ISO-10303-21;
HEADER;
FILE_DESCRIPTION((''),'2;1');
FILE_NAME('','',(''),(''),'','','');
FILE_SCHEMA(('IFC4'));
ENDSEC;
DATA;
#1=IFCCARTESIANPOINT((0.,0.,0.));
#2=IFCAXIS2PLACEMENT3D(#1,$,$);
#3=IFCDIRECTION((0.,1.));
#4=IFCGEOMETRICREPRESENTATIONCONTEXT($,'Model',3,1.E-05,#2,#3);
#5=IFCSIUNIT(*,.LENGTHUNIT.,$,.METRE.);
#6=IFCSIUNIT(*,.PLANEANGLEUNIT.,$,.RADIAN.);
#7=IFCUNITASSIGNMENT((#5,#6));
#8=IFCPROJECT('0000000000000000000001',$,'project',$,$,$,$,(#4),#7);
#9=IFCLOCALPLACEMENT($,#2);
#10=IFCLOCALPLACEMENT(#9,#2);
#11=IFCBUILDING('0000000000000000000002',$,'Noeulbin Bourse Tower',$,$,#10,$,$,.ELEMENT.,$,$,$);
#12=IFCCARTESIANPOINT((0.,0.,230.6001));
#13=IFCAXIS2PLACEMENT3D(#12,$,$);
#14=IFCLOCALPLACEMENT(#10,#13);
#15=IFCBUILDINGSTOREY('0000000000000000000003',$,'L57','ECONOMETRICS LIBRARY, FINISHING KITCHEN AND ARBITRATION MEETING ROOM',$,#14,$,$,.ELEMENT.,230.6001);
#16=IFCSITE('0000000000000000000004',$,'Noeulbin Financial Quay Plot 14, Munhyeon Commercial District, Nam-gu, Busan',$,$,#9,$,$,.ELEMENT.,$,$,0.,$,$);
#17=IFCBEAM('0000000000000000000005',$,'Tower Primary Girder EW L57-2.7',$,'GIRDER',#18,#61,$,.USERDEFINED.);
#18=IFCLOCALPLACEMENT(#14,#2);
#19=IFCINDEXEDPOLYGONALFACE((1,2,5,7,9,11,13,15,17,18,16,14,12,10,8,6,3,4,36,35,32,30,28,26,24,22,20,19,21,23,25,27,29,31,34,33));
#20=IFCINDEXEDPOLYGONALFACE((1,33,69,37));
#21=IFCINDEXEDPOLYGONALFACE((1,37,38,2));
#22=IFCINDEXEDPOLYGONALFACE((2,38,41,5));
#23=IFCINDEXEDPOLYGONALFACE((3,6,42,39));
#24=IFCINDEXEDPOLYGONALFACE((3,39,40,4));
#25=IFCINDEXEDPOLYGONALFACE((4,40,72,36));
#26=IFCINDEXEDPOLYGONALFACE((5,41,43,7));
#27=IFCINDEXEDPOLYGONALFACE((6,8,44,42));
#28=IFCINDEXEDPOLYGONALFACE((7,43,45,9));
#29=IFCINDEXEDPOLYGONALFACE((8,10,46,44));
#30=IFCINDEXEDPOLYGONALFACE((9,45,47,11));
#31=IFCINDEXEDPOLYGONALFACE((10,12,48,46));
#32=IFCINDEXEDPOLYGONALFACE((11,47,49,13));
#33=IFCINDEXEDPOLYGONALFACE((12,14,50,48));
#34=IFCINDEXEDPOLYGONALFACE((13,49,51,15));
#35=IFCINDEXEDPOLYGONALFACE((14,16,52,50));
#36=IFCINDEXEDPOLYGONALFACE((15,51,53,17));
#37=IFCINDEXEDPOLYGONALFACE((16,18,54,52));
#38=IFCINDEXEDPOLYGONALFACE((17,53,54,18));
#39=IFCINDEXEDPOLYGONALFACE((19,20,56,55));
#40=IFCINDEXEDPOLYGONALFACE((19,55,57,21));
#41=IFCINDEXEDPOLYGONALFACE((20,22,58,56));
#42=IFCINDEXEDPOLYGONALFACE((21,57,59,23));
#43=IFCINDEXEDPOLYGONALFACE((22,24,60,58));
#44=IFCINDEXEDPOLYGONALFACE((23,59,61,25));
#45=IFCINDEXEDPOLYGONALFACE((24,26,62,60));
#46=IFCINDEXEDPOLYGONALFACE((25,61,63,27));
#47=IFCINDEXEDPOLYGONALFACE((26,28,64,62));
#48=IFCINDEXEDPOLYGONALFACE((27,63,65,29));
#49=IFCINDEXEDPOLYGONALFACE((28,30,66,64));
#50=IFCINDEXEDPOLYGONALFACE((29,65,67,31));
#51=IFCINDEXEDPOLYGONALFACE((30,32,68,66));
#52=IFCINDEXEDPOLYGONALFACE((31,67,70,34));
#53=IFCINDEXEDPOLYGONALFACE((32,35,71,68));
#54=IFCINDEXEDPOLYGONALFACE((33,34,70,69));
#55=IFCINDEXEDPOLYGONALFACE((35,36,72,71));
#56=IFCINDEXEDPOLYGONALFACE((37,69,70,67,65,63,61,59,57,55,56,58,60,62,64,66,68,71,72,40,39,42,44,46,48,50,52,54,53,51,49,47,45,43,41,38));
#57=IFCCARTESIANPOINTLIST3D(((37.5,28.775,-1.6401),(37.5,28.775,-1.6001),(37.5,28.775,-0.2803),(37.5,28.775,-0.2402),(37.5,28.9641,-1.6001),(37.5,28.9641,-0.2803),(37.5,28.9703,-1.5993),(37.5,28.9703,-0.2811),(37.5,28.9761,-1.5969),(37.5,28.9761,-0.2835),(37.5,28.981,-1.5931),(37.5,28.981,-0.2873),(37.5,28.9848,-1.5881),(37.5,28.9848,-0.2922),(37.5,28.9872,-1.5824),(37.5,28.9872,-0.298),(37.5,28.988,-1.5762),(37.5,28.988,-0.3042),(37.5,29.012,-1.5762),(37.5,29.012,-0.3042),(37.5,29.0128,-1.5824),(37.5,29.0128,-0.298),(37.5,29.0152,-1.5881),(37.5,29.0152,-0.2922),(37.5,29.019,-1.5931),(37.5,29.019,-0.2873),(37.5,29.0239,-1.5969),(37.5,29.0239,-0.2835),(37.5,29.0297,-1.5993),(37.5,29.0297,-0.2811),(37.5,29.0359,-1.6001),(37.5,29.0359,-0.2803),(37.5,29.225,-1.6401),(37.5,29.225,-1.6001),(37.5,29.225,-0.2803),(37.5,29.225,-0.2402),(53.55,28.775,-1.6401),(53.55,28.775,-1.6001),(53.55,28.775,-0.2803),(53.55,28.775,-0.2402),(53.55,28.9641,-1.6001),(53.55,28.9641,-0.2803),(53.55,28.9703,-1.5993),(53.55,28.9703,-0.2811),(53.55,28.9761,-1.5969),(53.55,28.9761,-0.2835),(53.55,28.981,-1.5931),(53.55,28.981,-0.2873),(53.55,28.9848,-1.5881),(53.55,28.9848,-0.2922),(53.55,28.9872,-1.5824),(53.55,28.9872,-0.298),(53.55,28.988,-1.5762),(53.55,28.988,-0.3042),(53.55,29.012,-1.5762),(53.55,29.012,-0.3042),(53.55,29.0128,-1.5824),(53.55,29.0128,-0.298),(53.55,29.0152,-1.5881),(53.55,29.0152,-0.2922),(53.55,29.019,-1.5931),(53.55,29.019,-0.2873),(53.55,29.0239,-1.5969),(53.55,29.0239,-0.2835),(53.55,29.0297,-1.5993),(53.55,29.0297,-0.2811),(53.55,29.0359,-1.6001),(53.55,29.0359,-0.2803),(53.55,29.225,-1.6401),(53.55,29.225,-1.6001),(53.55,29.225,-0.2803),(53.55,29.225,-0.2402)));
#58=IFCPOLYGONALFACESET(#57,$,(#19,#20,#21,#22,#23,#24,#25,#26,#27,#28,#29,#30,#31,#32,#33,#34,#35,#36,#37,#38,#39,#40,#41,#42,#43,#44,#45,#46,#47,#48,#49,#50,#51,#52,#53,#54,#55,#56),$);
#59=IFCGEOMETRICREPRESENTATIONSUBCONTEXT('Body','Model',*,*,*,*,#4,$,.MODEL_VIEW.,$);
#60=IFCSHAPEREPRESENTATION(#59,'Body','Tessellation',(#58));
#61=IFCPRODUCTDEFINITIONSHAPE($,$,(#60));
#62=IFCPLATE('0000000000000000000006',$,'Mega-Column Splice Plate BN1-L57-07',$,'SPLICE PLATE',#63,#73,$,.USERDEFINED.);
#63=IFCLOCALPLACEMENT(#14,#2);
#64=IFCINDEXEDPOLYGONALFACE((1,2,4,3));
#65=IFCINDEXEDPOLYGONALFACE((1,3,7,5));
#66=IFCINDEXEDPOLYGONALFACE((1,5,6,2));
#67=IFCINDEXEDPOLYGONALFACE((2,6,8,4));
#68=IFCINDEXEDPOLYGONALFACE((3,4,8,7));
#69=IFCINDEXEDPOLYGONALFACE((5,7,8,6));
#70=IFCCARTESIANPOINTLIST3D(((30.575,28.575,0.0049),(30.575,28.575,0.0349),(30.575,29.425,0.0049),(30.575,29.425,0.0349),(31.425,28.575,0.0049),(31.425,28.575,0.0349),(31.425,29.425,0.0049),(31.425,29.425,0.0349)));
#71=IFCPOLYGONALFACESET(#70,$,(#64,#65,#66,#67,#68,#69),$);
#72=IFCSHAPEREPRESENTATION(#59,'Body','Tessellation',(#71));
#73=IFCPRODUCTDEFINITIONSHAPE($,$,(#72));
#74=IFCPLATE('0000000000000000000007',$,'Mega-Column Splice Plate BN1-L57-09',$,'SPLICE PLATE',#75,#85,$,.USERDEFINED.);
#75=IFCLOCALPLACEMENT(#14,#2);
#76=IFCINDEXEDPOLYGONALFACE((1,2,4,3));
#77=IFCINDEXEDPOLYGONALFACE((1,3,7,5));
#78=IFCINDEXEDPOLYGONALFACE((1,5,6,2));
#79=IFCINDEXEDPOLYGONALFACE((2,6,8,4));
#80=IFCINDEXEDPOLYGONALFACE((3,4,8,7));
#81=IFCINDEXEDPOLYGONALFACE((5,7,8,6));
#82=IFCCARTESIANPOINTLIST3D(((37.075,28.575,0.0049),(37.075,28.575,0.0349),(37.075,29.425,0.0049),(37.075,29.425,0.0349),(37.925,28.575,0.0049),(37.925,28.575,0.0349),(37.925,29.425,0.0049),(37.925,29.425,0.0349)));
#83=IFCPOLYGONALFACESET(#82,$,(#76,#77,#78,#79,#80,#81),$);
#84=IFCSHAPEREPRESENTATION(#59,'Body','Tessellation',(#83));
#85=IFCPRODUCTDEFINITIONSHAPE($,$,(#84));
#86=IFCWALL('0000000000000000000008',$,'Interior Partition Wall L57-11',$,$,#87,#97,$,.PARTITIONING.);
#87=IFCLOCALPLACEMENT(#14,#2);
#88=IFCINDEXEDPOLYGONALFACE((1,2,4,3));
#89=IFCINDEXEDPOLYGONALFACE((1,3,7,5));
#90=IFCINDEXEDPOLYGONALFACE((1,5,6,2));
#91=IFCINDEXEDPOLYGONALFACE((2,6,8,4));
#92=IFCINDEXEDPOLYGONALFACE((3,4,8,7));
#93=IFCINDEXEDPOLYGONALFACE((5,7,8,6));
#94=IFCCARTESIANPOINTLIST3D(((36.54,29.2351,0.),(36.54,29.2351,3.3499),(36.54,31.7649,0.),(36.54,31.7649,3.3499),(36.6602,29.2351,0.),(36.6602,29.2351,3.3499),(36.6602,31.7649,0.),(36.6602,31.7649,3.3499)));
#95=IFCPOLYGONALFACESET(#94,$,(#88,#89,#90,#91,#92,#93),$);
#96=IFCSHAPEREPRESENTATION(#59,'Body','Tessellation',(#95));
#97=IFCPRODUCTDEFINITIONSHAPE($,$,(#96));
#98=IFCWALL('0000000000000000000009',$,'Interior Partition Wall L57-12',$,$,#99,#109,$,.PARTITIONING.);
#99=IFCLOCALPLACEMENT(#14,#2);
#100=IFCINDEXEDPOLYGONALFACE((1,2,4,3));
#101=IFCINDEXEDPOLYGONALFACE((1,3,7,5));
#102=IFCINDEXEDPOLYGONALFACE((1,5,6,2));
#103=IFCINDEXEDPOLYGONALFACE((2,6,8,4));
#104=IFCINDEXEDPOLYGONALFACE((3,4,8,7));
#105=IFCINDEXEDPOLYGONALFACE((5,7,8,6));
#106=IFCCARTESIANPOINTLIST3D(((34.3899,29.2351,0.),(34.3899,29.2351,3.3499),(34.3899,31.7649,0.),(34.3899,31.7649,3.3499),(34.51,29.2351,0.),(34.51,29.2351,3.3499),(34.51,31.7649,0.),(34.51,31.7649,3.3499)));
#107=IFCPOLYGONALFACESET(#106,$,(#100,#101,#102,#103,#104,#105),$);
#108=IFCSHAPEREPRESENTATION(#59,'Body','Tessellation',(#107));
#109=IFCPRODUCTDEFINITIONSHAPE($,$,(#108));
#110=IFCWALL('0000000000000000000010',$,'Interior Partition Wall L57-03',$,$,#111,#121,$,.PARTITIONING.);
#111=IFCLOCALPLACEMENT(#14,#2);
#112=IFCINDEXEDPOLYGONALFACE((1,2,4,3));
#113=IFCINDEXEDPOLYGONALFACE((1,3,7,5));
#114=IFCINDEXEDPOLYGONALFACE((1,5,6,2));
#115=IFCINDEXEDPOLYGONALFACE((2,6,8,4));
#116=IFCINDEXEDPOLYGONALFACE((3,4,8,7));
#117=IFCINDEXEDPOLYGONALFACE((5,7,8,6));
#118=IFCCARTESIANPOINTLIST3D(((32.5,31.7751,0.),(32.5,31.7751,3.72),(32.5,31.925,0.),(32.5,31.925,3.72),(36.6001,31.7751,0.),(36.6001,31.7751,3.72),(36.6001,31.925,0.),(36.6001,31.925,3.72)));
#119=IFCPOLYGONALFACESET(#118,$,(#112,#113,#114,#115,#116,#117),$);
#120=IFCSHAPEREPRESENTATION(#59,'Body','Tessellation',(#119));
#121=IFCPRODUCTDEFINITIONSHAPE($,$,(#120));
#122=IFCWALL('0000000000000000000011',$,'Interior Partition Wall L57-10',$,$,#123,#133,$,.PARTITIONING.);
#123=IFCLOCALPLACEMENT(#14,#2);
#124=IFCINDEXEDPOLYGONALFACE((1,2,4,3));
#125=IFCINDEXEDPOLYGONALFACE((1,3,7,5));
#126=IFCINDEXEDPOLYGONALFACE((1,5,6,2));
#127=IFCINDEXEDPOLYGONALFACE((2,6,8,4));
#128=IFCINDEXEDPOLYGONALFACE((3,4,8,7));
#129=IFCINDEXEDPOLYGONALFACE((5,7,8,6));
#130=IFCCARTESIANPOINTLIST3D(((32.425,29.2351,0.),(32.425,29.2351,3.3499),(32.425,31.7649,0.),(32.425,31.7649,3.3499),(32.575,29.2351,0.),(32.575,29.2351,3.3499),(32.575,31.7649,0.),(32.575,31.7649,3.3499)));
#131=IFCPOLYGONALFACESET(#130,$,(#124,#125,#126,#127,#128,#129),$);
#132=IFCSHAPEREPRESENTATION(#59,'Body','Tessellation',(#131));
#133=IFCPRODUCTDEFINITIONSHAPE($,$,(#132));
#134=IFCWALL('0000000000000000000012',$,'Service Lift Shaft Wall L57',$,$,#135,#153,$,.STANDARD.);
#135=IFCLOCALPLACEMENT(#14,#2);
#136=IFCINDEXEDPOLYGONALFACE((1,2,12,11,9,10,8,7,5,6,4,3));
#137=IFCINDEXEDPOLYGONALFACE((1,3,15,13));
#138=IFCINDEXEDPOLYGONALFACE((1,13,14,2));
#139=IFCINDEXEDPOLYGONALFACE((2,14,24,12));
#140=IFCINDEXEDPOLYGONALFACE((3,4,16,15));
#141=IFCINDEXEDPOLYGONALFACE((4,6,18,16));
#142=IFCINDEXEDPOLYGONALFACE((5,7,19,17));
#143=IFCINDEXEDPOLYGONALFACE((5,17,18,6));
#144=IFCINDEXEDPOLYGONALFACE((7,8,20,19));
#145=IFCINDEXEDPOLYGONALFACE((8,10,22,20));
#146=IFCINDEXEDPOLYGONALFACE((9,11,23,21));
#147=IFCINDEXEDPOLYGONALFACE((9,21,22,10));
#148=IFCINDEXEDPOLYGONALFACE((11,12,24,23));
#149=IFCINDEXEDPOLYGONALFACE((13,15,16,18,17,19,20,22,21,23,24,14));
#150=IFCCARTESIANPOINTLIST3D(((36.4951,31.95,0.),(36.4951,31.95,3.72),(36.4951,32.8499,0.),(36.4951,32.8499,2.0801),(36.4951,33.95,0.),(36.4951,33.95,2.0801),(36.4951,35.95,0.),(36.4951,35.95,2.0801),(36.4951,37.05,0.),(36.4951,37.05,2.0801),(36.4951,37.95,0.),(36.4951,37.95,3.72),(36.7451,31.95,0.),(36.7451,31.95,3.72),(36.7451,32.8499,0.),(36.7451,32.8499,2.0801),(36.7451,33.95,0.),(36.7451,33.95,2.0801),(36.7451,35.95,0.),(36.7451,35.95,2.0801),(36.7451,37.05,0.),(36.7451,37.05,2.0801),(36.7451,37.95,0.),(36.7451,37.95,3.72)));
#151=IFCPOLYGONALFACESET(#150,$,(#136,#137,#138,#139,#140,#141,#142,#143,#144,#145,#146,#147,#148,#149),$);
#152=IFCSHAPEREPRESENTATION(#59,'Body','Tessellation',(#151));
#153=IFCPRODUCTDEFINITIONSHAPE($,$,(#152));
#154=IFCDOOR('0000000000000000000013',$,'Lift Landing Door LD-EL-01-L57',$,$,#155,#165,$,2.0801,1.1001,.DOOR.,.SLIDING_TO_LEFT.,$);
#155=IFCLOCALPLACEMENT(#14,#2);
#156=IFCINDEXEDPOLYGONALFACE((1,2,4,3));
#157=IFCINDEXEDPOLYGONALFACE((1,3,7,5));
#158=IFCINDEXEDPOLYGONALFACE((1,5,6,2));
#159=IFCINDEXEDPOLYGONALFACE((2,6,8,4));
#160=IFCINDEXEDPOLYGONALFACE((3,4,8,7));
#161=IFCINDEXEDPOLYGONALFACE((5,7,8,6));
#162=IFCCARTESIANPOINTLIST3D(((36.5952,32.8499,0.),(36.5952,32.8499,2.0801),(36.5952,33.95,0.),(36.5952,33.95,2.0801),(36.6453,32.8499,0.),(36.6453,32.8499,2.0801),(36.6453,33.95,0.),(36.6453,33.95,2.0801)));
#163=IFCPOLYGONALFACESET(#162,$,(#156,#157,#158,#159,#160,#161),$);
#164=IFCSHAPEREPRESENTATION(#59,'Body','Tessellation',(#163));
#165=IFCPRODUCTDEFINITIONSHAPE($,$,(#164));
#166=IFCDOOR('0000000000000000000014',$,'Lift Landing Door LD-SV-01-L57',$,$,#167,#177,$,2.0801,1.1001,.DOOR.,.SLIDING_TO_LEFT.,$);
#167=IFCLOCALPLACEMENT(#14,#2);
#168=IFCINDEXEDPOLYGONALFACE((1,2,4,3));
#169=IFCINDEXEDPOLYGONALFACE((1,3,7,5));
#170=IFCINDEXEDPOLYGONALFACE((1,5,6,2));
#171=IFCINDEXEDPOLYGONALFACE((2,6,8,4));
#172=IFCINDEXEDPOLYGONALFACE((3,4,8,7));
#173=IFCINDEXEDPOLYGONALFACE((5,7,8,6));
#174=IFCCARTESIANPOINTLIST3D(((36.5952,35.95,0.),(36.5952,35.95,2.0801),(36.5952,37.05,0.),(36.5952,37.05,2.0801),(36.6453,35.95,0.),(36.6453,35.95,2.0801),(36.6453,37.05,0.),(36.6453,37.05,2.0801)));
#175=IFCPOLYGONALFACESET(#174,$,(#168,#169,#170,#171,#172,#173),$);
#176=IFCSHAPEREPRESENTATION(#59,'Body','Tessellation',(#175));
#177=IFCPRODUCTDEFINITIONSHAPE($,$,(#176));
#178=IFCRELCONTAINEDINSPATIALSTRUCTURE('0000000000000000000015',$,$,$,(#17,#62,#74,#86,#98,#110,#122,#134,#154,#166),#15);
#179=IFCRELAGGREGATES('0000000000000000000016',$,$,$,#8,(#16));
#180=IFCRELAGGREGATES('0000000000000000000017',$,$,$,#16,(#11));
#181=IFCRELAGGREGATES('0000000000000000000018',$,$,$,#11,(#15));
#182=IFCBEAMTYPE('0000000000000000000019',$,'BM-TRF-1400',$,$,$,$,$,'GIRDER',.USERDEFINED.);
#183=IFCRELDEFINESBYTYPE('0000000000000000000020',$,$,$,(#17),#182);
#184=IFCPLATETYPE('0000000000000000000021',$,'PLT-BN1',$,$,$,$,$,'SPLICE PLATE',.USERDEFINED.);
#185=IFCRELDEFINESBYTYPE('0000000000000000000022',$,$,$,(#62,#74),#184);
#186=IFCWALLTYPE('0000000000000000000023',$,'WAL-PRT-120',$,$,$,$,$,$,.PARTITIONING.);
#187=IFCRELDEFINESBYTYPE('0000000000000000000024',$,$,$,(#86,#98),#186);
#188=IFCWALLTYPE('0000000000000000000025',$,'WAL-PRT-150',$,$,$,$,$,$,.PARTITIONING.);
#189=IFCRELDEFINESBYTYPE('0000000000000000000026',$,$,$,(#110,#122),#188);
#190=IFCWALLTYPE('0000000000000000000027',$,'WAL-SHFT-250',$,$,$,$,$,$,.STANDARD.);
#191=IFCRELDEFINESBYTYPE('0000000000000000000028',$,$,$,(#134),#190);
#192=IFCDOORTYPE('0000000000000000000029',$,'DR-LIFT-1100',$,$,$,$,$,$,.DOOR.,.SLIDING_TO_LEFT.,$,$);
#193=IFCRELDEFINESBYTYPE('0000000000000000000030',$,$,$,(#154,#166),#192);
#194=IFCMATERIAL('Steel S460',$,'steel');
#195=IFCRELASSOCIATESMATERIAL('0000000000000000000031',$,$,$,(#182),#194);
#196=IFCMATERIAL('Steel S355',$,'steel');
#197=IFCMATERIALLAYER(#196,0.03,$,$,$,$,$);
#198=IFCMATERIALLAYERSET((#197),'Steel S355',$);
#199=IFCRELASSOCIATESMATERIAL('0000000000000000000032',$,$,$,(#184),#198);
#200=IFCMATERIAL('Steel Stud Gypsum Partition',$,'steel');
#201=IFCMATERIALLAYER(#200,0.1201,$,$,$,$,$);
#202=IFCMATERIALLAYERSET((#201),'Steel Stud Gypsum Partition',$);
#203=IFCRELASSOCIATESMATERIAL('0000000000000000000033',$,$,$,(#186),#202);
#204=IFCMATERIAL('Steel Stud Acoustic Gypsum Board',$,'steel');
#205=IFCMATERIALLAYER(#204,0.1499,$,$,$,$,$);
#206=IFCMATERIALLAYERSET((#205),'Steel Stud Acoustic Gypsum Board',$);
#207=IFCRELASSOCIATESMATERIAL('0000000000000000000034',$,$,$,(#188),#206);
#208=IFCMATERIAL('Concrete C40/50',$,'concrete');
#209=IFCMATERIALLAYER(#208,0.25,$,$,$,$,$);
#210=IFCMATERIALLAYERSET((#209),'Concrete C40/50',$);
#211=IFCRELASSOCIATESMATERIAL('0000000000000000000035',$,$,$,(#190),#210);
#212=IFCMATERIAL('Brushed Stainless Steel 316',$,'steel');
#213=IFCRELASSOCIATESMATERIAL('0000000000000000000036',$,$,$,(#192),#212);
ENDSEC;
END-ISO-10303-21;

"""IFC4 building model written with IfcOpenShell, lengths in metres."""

from ifc_helpers import new_model, si_unit, direction, frame, frame_2d, origin, origin_2d, place, context, subcontext, project, spatial, rectangle, i_section, extrude, material, layer, layer_set, material_profile, profile_set, type_object, element, fill, save


model = new_model("IFC4")

# Units and contexts
model_context = context("Model", 3, precision=1e-05, world=origin(), true_north=direction((0.0, 1.0)))
body_context = subcontext(model_context, "Body", "Model", "MODEL_VIEW")
ifc_project = project(units=[si_unit("LENGTHUNIT", "METRE"), si_unit("PLANEANGLEUNIT", "RADIAN")], contexts=[model_context])

# Site, building, storey
site_placement = place(None, origin())
site = spatial("IfcSite", under=ifc_project, at=site_placement, Name="Noeulbin Financial Quay Plot 14, Munhyeon Commercial District, Nam-gu, Busan", CompositionType="ELEMENT", RefElevation=0.0)
building_placement = place(site_placement, origin())
building = spatial("IfcBuilding", under=site, at=building_placement, Name="Noeulbin Bourse Tower", CompositionType="ELEMENT")
storey_placement = place(building_placement, frame((0.0, 0.0, 230.6001)))
storey = spatial("IfcBuildingStorey", under=building, at=storey_placement, Name="L57", Description="ECONOMETRICS LIBRARY, FINISHING KITCHEN AND ARBITRATION MEETING ROOM", CompositionType="ELEMENT", Elevation=230.6001)

# Shared definitions
ifc_material_1 = material(Name="Steel S355", Category="steel")

# Beam
ifc_material_2 = material(Name="Steel S460", Category="steel")
ifc_material_profile_1 = material_profile(ifc_material_2, i_section(OverallWidth=0.45, OverallDepth=1.3999, WebThickness=0.0239, FlangeThickness=0.04, FilletRadius=0.0239, at=origin_2d()), Name="PG-1400x450x24x40", Category="LoadBearing")
ifc_profile_set_1 = profile_set([ifc_material_profile_1], Name="Steel S460")
beam_type_1 = type_object("IfcBeamType", Name="BM-TRF-1400", ElementType="GIRDER", PredefinedType="USERDEFINED", material=ifc_profile_set_1)
beam_1_placement = place(storey_placement, frame((37.5, 29.0, -0.9402), z_axis=(1.0, 0.0, 0.0), x_axis=(0.0, 1.0, 0.0)))
element("IfcBeam", 1, at=beam_1_placement, inside=storey, type_object=beam_type_1, Name="Tower Primary Girder EW L57-2.7", ObjectType="GIRDER", PredefinedType="USERDEFINED", context=body_context, shape_type="SweptSolid", body=[
    extrude(i_section(OverallWidth=0.45, OverallDepth=1.3999, WebThickness=0.0239, FlangeThickness=0.04, FilletRadius=0.0239, at=origin_2d()), origin(), (0.0, 0.0, 1.0), 16.05),
])

# Plates
ifc_layer_1 = layer(ifc_material_1, 0.03)
ifc_layer_set_1 = layer_set([ifc_layer_1], Name="Steel S355")
plate_type = type_object("IfcPlateType", Name="PLT-BN1", ElementType="SPLICE PLATE", PredefinedType="USERDEFINED", material=ifc_layer_set_1)
for number, where, z_axis, x_axis, name in (
    (2, (31.0, 29.0, 0.0049), (0.0, 0.0, 1.0), (1.0, 0.0, 0.0), "Mega-Column Splice Plate BN1-L57-07"),
    (3, (37.5, 29.0, 0.0049), (0.0, 0.0, 1.0), (1.0, 0.0, 0.0), "Mega-Column Splice Plate BN1-L57-09"),
):
    element("IfcPlate", number, at=place(storey_placement, frame(where, z_axis=z_axis, x_axis=x_axis)), inside=storey, type_object=plate_type, Name=name, ObjectType="SPLICE PLATE", PredefinedType="USERDEFINED", context=body_context, shape_type="SweptSolid", body=[
        extrude(rectangle(XDim=0.8501, YDim=0.8501, at=origin_2d()), origin(), (0.0, 0.0, 1.0), 0.03),
    ])

# Walls
ifc_material_3 = material(Name="Steel Stud Gypsum Partition", Category="steel")
ifc_layer_2 = layer(ifc_material_3, 0.1201)
ifc_layer_set_2 = layer_set([ifc_layer_2], Name="Steel Stud Gypsum Partition")
wall_type_1 = type_object("IfcWallType", Name="WAL-PRT-120", PredefinedType="PARTITIONING", material=ifc_layer_set_2)
for number, where, z_axis, x_axis, name in (
    (4, (36.6001, 29.2351, 0.0), (0.0, 0.0, 1.0), (0.0, 1.0, 0.0), "Interior Partition Wall L57-11"),
    (5, (34.45, 29.2351, 0.0), (0.0, 0.0, 1.0), (0.0, 1.0, 0.0), "Interior Partition Wall L57-12"),
):
    element("IfcWall", number, at=place(storey_placement, frame(where, z_axis=z_axis, x_axis=x_axis)), inside=storey, type_object=wall_type_1, Name=name, PredefinedType="PARTITIONING", context=body_context, shape_type="SweptSolid", body=[
        extrude(rectangle(XDim=2.5298, YDim=0.1201, at=frame_2d((1.2649, 0.0))), origin(), (0.0, 0.0, 1.0), 3.3499),
    ])
ifc_material_4 = material(Name="Steel Stud Acoustic Gypsum Board", Category="steel")
ifc_layer_3 = layer(ifc_material_4, 0.1499)
ifc_layer_set_3 = layer_set([ifc_layer_3], Name="Steel Stud Acoustic Gypsum Board")
wall_type_2 = type_object("IfcWallType", Name="WAL-PRT-150", PredefinedType="PARTITIONING", material=ifc_layer_set_3)
wall_1_placement = place(storey_placement, frame((32.5, 31.8501, 0.0), z_axis=(0.0, 0.0, 1.0), x_axis=(1.0, 0.0, 0.0)))
element("IfcWall", 6, at=wall_1_placement, inside=storey, type_object=wall_type_2, Name="Interior Partition Wall L57-03", PredefinedType="PARTITIONING", context=body_context, shape_type="SweptSolid", body=[
    extrude(rectangle(XDim=4.1001, YDim=0.1499, at=frame_2d((2.05, 0.0))), origin(), (0.0, 0.0, 1.0), 3.72),
])
wall_2_placement = place(storey_placement, frame((32.5, 29.2351, 0.0), z_axis=(0.0, 0.0, 1.0), x_axis=(0.0, 1.0, 0.0)))
element("IfcWall", 7, at=wall_2_placement, inside=storey, type_object=wall_type_2, Name="Interior Partition Wall L57-10", PredefinedType="PARTITIONING", context=body_context, shape_type="SweptSolid", body=[
    extrude(rectangle(XDim=2.5298, YDim=0.1499, at=frame_2d((1.2649, 0.0))), origin(), (0.0, 0.0, 1.0), 3.3499),
])

# Wall, openings, doors
ifc_material_5 = material(Name="Concrete C40/50", Category="concrete")
ifc_layer_4 = layer(ifc_material_5, 0.25)
ifc_layer_set_4 = layer_set([ifc_layer_4], Name="Concrete C40/50")
wall_type_3 = type_object("IfcWallType", Name="WAL-SHFT-250", PredefinedType="STANDARD", material=ifc_layer_set_4)
wall_3_placement = place(storey_placement, frame((36.6201, 31.95, 0.0), z_axis=(0.0, 0.0, 1.0), x_axis=(0.0, 1.0, 0.0)))
wall_3 = element("IfcWall", 8, at=wall_3_placement, inside=storey, type_object=wall_type_3, Name="Service Lift Shaft Wall L57", PredefinedType="STANDARD", context=body_context, shape_type="SweptSolid", body=[
    extrude(rectangle(XDim=6.0, YDim=0.25, at=frame_2d((3.0, 0.0))), origin(), (0.0, 0.0, 1.0), 3.72),
])
opening_1_placement = place(wall_3_placement, frame((0.8999, 0.0, 0.0)))
opening_1 = element("IfcOpeningElement", 9, at=opening_1_placement, cuts=wall_3, PredefinedType="OPENING", context=body_context, shape_type="SweptSolid", body=[
    extrude(rectangle(XDim=1.1001, YDim=2.0801, at=frame_2d((0.55, 1.04))), frame((0.0, 0.135, 0.0), z_axis=(0.0, -1.0, 0.0), x_axis=(1.0, 0.0, 0.0)), (0.0, 0.0, 1.0), 0.27),
])
opening_2_placement = place(wall_3_placement, frame((4.0, 0.0, 0.0)))
opening_2 = element("IfcOpeningElement", 10, at=opening_2_placement, cuts=wall_3, PredefinedType="OPENING", context=body_context, shape_type="SweptSolid", body=[
    extrude(rectangle(XDim=1.1001, YDim=2.0801, at=frame_2d((0.55, 1.04))), frame((0.0, 0.135, 0.0), z_axis=(0.0, -1.0, 0.0), x_axis=(1.0, 0.0, 0.0)), (0.0, 0.0, 1.0), 0.27),
])
ifc_material_6 = material(Name="Brushed Stainless Steel 316", Category="steel")
door_type = type_object("IfcDoorType", Name="DR-LIFT-1100", OperationType="SLIDING_TO_LEFT", PredefinedType="DOOR", material=ifc_material_6)
door_1_placement = place(opening_1_placement, origin())
door_1 = element("IfcDoor", 11, at=door_1_placement, inside=storey, type_object=door_type, Name="Lift Landing Door LD-EL-01-L57", OperationType="SLIDING_TO_LEFT", OverallHeight=2.0801, OverallWidth=1.1001, PredefinedType="DOOR", context=body_context, shape_type="SweptSolid", body=[
    extrude(rectangle(XDim=1.1001, YDim=2.0801, at=frame_2d((0.55, 1.04))), frame((0.0, 0.0249, 0.0), z_axis=(0.0, -1.0, 0.0), x_axis=(1.0, 0.0, 0.0)), (0.0, 0.0, 1.0), 0.05),
])
fill(opening_1, door_1)
door_2_placement = place(opening_2_placement, origin())
door_2 = element("IfcDoor", 12, at=door_2_placement, inside=storey, type_object=door_type, Name="Lift Landing Door LD-SV-01-L57", OperationType="SLIDING_TO_LEFT", OverallHeight=2.0801, OverallWidth=1.1001, PredefinedType="DOOR", context=body_context, shape_type="SweptSolid", body=[
    extrude(rectangle(XDim=1.1001, YDim=2.0801, at=frame_2d((0.55, 1.04))), frame((0.0, 0.0249, 0.0), z_axis=(0.0, -1.0, 0.0), x_axis=(1.0, 0.0, 0.0)), (0.0, 0.0, 1.0), 0.05),
])
fill(opening_2, door_2)

save(model, "model.ifc")
